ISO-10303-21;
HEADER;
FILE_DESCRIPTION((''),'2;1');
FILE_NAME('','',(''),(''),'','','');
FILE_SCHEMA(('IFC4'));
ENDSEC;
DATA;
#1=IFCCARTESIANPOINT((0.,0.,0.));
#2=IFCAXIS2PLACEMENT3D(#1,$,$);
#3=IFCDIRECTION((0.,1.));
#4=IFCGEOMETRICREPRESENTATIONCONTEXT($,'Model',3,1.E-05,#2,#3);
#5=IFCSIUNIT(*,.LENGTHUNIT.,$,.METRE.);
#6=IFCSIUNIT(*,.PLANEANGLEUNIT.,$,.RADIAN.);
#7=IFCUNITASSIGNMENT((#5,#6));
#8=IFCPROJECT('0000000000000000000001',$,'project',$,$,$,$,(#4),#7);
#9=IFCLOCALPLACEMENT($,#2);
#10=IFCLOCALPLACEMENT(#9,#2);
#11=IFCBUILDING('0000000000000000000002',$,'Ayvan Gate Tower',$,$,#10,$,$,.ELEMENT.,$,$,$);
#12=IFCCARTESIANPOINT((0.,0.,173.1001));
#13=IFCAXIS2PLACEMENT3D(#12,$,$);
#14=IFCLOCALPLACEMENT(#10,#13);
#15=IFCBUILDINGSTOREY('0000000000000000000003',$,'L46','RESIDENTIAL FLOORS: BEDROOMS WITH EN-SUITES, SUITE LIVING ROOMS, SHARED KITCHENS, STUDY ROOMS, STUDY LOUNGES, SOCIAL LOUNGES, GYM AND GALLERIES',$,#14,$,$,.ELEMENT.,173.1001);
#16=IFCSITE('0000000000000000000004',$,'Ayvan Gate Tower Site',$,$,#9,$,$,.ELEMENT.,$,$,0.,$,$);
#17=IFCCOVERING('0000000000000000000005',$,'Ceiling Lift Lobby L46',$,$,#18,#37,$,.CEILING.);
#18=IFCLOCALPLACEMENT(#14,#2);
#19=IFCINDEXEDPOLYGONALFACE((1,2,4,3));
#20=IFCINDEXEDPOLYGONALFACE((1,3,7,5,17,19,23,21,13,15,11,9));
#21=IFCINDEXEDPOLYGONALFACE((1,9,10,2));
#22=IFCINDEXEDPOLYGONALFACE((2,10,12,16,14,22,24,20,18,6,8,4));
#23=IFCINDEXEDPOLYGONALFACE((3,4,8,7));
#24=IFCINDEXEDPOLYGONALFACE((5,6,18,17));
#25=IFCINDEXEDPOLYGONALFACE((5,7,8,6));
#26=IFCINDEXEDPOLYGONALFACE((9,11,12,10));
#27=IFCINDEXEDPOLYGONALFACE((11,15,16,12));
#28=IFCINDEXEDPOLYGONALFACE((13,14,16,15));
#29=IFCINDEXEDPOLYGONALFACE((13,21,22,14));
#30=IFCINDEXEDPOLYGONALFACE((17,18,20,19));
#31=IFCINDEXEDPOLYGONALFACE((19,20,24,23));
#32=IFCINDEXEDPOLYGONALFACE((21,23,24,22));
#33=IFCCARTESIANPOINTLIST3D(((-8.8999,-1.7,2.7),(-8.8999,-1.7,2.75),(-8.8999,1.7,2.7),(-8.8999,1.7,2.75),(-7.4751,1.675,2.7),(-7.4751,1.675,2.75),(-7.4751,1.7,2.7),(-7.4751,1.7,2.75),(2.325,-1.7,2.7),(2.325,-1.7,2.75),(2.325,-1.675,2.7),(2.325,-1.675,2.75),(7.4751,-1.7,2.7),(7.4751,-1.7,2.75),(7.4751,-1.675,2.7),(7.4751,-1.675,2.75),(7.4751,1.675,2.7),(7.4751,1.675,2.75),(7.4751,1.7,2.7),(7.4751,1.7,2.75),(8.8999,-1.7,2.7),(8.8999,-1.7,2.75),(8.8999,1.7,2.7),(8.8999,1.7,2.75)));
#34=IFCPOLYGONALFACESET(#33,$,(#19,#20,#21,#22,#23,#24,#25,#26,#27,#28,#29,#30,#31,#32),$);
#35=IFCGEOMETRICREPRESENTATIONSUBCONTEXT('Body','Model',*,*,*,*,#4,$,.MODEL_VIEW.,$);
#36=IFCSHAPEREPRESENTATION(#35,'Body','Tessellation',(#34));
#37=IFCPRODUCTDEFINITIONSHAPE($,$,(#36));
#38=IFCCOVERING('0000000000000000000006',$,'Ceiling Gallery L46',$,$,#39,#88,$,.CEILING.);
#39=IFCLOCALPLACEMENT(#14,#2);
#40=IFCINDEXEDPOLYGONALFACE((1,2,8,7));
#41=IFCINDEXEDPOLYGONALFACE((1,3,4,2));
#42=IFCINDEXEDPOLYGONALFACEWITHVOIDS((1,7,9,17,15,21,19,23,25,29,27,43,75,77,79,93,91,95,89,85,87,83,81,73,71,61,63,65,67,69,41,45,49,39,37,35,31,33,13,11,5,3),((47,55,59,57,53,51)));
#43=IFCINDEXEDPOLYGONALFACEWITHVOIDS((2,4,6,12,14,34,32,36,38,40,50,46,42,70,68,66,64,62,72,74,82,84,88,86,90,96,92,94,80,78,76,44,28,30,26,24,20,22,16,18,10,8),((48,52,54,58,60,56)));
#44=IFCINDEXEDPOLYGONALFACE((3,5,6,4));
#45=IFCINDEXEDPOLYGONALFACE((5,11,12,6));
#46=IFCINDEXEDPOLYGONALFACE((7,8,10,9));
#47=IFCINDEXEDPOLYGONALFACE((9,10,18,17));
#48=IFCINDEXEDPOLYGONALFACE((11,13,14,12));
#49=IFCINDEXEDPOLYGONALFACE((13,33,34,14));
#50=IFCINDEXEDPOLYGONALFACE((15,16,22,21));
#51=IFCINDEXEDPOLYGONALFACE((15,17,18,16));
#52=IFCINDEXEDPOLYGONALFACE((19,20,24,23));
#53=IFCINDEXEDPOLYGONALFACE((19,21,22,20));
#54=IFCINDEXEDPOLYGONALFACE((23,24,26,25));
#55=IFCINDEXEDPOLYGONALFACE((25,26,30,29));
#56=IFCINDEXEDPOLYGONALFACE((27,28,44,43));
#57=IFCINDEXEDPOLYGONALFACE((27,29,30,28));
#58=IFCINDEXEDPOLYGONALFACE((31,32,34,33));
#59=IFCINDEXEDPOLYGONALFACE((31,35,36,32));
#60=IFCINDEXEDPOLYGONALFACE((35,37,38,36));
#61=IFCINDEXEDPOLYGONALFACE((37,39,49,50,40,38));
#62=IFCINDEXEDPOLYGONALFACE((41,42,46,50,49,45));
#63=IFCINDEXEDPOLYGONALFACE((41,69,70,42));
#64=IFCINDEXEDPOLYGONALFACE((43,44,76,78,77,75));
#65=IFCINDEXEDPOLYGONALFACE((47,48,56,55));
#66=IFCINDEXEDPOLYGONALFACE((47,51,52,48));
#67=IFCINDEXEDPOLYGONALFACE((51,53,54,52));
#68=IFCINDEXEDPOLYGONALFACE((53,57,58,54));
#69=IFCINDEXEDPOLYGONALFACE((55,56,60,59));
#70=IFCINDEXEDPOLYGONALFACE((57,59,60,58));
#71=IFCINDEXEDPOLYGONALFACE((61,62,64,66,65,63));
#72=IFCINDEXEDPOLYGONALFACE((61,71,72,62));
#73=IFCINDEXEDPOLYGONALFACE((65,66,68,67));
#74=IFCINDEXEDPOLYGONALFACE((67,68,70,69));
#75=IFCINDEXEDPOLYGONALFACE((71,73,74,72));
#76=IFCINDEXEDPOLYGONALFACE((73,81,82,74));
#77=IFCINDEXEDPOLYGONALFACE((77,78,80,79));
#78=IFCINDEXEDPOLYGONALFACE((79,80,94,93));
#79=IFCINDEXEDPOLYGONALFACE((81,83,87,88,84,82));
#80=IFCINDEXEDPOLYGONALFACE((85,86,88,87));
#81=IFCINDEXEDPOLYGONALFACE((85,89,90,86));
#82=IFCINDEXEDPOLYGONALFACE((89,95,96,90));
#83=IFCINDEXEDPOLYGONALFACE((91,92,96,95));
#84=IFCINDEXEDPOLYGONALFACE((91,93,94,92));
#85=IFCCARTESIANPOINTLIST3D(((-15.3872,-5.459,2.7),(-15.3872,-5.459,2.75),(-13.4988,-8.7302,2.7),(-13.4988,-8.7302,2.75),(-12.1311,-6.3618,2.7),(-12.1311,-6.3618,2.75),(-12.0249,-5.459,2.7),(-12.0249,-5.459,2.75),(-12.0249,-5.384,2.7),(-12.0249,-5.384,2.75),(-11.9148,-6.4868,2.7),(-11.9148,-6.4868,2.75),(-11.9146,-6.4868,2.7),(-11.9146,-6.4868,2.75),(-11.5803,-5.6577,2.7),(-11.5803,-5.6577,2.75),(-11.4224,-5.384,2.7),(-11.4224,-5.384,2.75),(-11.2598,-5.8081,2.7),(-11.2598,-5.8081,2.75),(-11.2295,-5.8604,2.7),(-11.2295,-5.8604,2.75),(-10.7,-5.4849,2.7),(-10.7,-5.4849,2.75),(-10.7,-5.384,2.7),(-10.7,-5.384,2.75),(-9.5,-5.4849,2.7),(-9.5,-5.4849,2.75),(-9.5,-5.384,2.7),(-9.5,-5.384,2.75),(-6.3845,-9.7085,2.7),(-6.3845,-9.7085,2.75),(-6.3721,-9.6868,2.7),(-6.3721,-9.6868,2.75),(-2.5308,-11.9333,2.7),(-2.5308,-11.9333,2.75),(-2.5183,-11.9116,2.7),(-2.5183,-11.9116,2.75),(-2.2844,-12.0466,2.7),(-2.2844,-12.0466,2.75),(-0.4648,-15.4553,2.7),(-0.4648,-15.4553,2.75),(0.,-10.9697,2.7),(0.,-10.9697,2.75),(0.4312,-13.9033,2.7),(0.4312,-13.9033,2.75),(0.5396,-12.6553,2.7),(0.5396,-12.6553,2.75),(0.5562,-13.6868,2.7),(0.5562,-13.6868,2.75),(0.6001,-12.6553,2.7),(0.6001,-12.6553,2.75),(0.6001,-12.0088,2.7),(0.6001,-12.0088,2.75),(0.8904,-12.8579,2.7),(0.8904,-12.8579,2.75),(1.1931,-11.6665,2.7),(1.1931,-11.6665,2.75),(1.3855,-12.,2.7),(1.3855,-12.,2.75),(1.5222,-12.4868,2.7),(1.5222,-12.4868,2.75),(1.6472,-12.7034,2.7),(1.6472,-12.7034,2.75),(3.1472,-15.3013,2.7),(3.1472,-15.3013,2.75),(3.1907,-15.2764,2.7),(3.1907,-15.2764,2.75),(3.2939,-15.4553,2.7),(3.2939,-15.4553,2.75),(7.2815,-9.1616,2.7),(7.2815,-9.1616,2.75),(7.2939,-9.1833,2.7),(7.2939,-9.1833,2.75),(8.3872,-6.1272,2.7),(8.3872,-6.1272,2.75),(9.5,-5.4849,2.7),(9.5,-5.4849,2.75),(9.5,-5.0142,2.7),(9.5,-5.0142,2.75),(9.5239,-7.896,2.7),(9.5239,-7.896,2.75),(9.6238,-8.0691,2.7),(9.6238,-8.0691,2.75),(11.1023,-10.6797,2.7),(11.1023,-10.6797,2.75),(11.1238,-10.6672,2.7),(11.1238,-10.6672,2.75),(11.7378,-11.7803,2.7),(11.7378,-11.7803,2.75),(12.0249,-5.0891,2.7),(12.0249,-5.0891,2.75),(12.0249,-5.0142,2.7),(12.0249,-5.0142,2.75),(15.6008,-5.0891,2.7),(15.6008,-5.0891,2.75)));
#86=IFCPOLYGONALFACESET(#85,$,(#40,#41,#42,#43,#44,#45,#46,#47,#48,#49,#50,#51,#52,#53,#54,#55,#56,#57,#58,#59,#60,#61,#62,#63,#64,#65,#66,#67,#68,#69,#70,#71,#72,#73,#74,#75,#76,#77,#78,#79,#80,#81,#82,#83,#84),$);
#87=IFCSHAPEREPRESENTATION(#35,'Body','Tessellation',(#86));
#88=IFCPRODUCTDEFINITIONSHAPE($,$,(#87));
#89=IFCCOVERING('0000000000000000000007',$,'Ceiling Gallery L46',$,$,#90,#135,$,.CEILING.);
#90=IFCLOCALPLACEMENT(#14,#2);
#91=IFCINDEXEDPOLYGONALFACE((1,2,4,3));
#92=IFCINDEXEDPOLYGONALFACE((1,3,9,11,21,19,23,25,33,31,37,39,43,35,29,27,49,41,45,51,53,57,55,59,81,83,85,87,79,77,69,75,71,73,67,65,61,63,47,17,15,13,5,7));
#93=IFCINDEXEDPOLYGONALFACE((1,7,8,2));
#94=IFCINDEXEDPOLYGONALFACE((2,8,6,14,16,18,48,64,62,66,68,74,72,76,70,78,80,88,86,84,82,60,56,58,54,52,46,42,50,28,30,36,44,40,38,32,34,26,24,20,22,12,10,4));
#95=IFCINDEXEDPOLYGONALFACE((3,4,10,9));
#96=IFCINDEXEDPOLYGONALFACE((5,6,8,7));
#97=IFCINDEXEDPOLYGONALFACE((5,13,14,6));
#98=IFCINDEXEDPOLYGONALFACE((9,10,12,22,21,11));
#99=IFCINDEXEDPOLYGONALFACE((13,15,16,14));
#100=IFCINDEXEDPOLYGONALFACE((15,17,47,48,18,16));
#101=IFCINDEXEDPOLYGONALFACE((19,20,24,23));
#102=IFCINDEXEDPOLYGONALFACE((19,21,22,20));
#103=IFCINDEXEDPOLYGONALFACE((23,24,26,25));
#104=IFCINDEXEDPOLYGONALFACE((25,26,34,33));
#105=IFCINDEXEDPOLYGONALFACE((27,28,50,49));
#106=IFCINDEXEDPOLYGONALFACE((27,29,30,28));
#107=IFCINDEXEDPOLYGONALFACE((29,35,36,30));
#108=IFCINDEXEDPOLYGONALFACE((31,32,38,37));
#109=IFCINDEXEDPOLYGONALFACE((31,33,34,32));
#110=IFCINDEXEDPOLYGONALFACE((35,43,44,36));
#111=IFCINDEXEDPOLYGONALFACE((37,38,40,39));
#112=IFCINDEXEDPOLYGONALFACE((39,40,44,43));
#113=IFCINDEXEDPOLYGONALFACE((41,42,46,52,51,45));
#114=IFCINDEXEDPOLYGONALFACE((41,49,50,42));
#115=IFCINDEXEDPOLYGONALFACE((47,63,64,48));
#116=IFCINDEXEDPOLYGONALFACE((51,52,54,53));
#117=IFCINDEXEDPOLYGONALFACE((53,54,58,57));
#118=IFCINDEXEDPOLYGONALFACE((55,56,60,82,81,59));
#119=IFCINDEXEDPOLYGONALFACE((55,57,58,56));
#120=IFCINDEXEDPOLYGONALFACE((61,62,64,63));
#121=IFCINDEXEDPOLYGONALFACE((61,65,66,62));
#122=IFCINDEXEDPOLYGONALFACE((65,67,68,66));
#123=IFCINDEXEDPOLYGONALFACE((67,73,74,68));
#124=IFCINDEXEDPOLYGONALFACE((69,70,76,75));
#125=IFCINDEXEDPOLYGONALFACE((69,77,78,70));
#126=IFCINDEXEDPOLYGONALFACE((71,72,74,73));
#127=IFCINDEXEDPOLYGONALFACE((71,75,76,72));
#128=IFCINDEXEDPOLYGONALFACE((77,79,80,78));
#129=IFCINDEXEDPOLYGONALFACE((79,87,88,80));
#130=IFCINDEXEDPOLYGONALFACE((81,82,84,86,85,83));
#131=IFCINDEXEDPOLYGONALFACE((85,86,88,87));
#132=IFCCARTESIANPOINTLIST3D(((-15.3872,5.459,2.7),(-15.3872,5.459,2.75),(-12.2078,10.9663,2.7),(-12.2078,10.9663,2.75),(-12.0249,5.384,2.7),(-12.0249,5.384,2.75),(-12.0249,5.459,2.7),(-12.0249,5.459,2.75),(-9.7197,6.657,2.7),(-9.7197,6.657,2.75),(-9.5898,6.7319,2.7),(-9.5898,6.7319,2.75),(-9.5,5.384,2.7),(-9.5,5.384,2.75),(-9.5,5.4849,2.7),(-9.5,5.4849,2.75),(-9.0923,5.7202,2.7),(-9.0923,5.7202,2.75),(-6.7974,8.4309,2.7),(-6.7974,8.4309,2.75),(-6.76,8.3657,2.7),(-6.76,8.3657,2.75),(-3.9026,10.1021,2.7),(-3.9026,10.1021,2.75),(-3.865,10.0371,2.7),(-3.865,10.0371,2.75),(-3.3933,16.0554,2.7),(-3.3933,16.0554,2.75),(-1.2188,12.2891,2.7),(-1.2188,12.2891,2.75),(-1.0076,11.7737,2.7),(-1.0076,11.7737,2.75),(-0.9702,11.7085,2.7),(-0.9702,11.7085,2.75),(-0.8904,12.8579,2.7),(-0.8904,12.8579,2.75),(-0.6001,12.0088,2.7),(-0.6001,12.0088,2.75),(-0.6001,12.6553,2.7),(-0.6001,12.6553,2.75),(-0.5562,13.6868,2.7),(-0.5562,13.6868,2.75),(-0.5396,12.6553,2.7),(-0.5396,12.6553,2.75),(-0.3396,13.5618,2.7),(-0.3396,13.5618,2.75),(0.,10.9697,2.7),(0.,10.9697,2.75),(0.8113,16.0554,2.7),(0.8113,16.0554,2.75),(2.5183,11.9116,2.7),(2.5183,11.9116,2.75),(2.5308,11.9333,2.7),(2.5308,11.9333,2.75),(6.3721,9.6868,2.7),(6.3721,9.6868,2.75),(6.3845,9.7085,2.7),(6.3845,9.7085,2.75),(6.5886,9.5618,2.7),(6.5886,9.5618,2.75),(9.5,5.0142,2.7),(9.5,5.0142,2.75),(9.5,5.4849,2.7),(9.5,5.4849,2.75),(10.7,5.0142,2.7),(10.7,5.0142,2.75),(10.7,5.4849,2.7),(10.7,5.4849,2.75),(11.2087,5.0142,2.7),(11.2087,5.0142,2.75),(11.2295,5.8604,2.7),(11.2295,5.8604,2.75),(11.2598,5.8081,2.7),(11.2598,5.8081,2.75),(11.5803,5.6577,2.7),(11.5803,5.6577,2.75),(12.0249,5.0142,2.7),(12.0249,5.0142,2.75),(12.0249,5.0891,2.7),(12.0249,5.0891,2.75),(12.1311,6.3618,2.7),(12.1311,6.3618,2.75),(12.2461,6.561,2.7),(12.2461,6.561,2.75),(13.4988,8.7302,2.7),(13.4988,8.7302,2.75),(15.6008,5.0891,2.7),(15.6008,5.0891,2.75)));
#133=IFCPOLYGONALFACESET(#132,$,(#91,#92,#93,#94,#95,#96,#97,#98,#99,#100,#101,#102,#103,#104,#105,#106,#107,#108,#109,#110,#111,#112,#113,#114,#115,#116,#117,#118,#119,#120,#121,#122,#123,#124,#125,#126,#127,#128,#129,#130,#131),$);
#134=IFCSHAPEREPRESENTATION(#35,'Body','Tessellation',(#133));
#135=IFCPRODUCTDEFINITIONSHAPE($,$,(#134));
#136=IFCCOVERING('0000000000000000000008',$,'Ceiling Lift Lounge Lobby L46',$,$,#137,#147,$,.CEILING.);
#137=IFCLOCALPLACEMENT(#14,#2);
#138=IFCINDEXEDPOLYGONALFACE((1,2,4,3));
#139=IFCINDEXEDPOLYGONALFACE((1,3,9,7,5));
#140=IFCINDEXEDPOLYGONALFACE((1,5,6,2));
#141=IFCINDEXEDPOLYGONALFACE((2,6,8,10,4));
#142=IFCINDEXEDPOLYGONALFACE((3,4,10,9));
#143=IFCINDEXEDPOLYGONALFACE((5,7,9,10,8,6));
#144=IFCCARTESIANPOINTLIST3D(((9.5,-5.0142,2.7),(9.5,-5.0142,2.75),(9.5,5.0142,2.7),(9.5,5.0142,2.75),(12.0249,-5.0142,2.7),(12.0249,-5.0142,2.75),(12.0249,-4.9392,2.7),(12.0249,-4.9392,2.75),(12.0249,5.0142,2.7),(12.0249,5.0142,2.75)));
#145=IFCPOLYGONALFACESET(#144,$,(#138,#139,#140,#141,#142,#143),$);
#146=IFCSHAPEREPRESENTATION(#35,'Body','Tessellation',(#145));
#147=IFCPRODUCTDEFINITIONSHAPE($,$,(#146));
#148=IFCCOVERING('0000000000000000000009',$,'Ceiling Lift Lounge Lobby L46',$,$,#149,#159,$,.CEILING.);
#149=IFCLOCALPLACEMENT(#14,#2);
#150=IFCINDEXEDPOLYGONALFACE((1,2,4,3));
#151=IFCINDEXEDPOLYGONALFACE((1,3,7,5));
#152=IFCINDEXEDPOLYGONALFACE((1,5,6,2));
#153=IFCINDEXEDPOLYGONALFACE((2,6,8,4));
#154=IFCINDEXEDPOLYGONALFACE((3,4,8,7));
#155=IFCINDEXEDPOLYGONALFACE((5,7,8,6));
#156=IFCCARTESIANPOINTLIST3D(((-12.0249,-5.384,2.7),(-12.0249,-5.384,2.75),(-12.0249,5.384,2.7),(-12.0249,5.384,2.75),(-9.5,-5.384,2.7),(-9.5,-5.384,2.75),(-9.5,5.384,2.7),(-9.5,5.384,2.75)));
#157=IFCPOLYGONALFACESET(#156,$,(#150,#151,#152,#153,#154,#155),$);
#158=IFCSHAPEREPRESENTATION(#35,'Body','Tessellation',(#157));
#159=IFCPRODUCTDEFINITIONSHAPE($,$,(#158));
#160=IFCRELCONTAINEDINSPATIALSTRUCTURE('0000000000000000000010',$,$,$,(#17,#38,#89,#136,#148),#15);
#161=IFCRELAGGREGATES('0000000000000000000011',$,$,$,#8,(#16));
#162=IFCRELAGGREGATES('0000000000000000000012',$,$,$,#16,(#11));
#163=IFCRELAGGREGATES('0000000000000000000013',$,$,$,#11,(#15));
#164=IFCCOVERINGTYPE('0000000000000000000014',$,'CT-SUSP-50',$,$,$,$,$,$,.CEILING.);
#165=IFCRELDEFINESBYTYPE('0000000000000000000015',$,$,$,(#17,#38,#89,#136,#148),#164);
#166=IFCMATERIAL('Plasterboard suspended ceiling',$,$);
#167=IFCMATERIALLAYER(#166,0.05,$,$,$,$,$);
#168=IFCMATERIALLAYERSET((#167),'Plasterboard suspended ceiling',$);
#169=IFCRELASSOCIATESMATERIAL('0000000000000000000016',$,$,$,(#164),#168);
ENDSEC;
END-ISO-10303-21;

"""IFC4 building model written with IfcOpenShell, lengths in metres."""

from ifc_helpers import new_model, si_unit, direction, frame, origin, place, context, subcontext, project, spatial, polyline, outline, extrude, material, layer, layer_set, type_object, element, save


model = new_model("IFC4")

# Units and contexts
model_context = context("Model", 3, precision=1e-05, world=origin(), true_north=direction((0.0, 1.0)))
body_context = subcontext(model_context, "Body", "Model", "MODEL_VIEW")
ifc_project = project(units=[si_unit("LENGTHUNIT", "METRE"), si_unit("PLANEANGLEUNIT", "RADIAN")], contexts=[model_context])

# Site, building, storey
site_placement = place(None, origin())
site = spatial("IfcSite", under=ifc_project, at=site_placement, Name="Ayvan Gate Tower Site", CompositionType="ELEMENT", RefElevation=0.0)
building_placement = place(site_placement, origin())
building = spatial("IfcBuilding", under=site, at=building_placement, Name="Ayvan Gate Tower", CompositionType="ELEMENT")
storey_placement = place(building_placement, frame((0.0, 0.0, 173.1001)))
storey = spatial("IfcBuildingStorey", under=building, at=storey_placement, Name="L46", Description="RESIDENTIAL FLOORS: BEDROOMS WITH EN-SUITES, SUITE LIVING ROOMS, SHARED KITCHENS, STUDY ROOMS, STUDY LOUNGES, SOCIAL LOUNGES, GYM AND GALLERIES", CompositionType="ELEMENT", Elevation=173.1001)

# Coverings
ifc_material_1 = material(Name="Plasterboard suspended ceiling")
ifc_layer_1 = layer(ifc_material_1, 0.05)
ifc_layer_set_1 = layer_set([ifc_layer_1], Name="Plasterboard suspended ceiling")
covering_type = type_object("IfcCoveringType", Name="CT-SUSP-50", PredefinedType="CEILING", material=ifc_layer_set_1)
covering_1_placement = place(storey_placement, frame((0.0, 0.0, 2.7)))
element("IfcCovering", 1, at=covering_1_placement, inside=storey, type_object=covering_type, Name="Ceiling Lift Lobby L46", PredefinedType="CEILING", context=body_context, shape_type="SweptSolid", body=[
    extrude(outline(polyline([(7.4751, -1.675), (2.325, -1.675), (2.325, -1.7), (-8.8999, -1.7), (-8.8999, 1.7), (-7.4751, 1.7), (-7.4751, 1.675), (7.4751, 1.675), (7.4751, 1.7), (8.8999, 1.7), (8.8999, -1.7), (7.4751, -1.7), (7.4751, -1.675)])), origin(), (0.0, 0.0, 1.0), 0.05),
])
covering_2_placement = place(storey_placement, frame((0.0, 0.0, 2.7)))
element("IfcCovering", 2, at=covering_2_placement, inside=storey, type_object=covering_type, Name="Ceiling Gallery L46", PredefinedType="CEILING", context=body_context, shape_type="SweptSolid", body=[
    extrude(outline(polyline([(-11.9148, -6.4868), (-12.1311, -6.3618), (-13.4988, -8.7302), (-15.3872, -5.459), (-12.0249, -5.459), (-12.0249, -5.384), (-11.4224, -5.384), (-11.5803, -5.6577), (-11.2295, -5.8604), (-11.2598, -5.8081), (-10.7, -5.4849), (-10.7, -5.384), (-9.5, -5.384), (-9.5, -5.4849), (0.0, -10.9697), (8.3872, -6.1272), (9.5, -5.4849), (9.5, -5.0142), (12.0249, -5.0142), (12.0249, -5.0891), (15.6008, -5.0891), (11.7378, -11.7803), (11.1023, -10.6797), (11.1238, -10.6672), (9.6238, -8.0691), (9.5239, -7.896), (7.2939, -9.1833), (7.2815, -9.1616), (1.5222, -12.4868), (1.6472, -12.7034), (3.1472, -15.3013), (3.1907, -15.2764), (3.2939, -15.4553), (-0.4648, -15.4553), (0.4312, -13.9033), (0.5562, -13.6868), (-2.2844, -12.0466), (-2.5183, -11.9116), (-2.5308, -11.9333), (-6.3845, -9.7085), (-6.3721, -9.6868), (-11.9146, -6.4868), (-11.9148, -6.4868)]), holes=[polyline([(0.8904, -12.8579), (1.3855, -12.0), (1.1931, -11.6665), (0.6001, -12.0088), (0.6001, -12.6553), (0.5396, -12.6553), (0.8904, -12.8579)])]), origin(), (0.0, 0.0, 1.0), 0.05),
])
covering_3_placement = place(storey_placement, frame((0.0, 0.0, 2.7)))
element("IfcCovering", 3, at=covering_3_placement, inside=storey, type_object=covering_type, Name="Ceiling Gallery L46", PredefinedType="CEILING", context=body_context, shape_type="SweptSolid", body=[
    extrude(outline(polyline([(-9.5898, 6.7319), (-9.5898, 6.7319), (-6.76, 8.3657), (-6.7974, 8.4309), (-3.9026, 10.1021), (-3.865, 10.0371), (-0.9702, 11.7085), (-1.0076, 11.7737), (-0.6001, 12.0088), (-0.6001, 12.6553), (-0.5396, 12.6553), (-0.8904, 12.8579), (-1.2188, 12.2891), (-3.3933, 16.0554), (0.8113, 16.0554), (-0.5562, 13.6868), (-0.3396, 13.5618), (2.5183, 11.9116), (2.5308, 11.9333), (6.3845, 9.7085), (6.3721, 9.6868), (6.5886, 9.5618), (12.1311, 6.3618), (12.2461, 6.561), (13.4988, 8.7302), (15.6008, 5.0891), (12.0249, 5.0891), (12.0249, 5.0142), (11.2087, 5.0142), (11.5803, 5.6577), (11.2295, 5.8604), (11.2598, 5.8081), (10.7, 5.4849), (10.7, 5.0142), (9.5, 5.0142), (9.5, 5.4849), (0.0, 10.9697), (-9.0923, 5.7202), (-9.5, 5.4849), (-9.5, 5.384), (-12.0249, 5.384), (-12.0249, 5.459), (-15.3872, 5.459), (-12.2078, 10.9663), (-9.7197, 6.657), (-9.5898, 6.7319)])), origin(), (0.0, 0.0, 1.0), 0.05),
])
covering_4_placement = place(storey_placement, frame((0.0, 0.0, 2.7)))
element("IfcCovering", 4, at=covering_4_placement, inside=storey, type_object=covering_type, Name="Ceiling Lift Lounge Lobby L46", PredefinedType="CEILING", context=body_context, shape_type="SweptSolid", body=[
    extrude(outline(polyline([(12.0249, -5.0142), (9.5, -5.0142), (9.5, 5.0142), (12.0249, 5.0142), (12.0249, -4.9392), (12.0249, -4.9392), (12.0249, -5.0142)])), origin(), (0.0, 0.0, 1.0), 0.05),
])
covering_5_placement = place(storey_placement, frame((0.0, 0.0, 2.7)))
element("IfcCovering", 5, at=covering_5_placement, inside=storey, type_object=covering_type, Name="Ceiling Lift Lounge Lobby L46", PredefinedType="CEILING", context=body_context, shape_type="SweptSolid", body=[
    extrude(outline(polyline([(-12.0249, 5.384), (-9.5, 5.384), (-9.5, -5.384), (-12.0249, -5.384), (-12.0249, 5.384)])), origin(), (0.0, 0.0, 1.0), 0.05),
])

save(model, "model.ifc")
